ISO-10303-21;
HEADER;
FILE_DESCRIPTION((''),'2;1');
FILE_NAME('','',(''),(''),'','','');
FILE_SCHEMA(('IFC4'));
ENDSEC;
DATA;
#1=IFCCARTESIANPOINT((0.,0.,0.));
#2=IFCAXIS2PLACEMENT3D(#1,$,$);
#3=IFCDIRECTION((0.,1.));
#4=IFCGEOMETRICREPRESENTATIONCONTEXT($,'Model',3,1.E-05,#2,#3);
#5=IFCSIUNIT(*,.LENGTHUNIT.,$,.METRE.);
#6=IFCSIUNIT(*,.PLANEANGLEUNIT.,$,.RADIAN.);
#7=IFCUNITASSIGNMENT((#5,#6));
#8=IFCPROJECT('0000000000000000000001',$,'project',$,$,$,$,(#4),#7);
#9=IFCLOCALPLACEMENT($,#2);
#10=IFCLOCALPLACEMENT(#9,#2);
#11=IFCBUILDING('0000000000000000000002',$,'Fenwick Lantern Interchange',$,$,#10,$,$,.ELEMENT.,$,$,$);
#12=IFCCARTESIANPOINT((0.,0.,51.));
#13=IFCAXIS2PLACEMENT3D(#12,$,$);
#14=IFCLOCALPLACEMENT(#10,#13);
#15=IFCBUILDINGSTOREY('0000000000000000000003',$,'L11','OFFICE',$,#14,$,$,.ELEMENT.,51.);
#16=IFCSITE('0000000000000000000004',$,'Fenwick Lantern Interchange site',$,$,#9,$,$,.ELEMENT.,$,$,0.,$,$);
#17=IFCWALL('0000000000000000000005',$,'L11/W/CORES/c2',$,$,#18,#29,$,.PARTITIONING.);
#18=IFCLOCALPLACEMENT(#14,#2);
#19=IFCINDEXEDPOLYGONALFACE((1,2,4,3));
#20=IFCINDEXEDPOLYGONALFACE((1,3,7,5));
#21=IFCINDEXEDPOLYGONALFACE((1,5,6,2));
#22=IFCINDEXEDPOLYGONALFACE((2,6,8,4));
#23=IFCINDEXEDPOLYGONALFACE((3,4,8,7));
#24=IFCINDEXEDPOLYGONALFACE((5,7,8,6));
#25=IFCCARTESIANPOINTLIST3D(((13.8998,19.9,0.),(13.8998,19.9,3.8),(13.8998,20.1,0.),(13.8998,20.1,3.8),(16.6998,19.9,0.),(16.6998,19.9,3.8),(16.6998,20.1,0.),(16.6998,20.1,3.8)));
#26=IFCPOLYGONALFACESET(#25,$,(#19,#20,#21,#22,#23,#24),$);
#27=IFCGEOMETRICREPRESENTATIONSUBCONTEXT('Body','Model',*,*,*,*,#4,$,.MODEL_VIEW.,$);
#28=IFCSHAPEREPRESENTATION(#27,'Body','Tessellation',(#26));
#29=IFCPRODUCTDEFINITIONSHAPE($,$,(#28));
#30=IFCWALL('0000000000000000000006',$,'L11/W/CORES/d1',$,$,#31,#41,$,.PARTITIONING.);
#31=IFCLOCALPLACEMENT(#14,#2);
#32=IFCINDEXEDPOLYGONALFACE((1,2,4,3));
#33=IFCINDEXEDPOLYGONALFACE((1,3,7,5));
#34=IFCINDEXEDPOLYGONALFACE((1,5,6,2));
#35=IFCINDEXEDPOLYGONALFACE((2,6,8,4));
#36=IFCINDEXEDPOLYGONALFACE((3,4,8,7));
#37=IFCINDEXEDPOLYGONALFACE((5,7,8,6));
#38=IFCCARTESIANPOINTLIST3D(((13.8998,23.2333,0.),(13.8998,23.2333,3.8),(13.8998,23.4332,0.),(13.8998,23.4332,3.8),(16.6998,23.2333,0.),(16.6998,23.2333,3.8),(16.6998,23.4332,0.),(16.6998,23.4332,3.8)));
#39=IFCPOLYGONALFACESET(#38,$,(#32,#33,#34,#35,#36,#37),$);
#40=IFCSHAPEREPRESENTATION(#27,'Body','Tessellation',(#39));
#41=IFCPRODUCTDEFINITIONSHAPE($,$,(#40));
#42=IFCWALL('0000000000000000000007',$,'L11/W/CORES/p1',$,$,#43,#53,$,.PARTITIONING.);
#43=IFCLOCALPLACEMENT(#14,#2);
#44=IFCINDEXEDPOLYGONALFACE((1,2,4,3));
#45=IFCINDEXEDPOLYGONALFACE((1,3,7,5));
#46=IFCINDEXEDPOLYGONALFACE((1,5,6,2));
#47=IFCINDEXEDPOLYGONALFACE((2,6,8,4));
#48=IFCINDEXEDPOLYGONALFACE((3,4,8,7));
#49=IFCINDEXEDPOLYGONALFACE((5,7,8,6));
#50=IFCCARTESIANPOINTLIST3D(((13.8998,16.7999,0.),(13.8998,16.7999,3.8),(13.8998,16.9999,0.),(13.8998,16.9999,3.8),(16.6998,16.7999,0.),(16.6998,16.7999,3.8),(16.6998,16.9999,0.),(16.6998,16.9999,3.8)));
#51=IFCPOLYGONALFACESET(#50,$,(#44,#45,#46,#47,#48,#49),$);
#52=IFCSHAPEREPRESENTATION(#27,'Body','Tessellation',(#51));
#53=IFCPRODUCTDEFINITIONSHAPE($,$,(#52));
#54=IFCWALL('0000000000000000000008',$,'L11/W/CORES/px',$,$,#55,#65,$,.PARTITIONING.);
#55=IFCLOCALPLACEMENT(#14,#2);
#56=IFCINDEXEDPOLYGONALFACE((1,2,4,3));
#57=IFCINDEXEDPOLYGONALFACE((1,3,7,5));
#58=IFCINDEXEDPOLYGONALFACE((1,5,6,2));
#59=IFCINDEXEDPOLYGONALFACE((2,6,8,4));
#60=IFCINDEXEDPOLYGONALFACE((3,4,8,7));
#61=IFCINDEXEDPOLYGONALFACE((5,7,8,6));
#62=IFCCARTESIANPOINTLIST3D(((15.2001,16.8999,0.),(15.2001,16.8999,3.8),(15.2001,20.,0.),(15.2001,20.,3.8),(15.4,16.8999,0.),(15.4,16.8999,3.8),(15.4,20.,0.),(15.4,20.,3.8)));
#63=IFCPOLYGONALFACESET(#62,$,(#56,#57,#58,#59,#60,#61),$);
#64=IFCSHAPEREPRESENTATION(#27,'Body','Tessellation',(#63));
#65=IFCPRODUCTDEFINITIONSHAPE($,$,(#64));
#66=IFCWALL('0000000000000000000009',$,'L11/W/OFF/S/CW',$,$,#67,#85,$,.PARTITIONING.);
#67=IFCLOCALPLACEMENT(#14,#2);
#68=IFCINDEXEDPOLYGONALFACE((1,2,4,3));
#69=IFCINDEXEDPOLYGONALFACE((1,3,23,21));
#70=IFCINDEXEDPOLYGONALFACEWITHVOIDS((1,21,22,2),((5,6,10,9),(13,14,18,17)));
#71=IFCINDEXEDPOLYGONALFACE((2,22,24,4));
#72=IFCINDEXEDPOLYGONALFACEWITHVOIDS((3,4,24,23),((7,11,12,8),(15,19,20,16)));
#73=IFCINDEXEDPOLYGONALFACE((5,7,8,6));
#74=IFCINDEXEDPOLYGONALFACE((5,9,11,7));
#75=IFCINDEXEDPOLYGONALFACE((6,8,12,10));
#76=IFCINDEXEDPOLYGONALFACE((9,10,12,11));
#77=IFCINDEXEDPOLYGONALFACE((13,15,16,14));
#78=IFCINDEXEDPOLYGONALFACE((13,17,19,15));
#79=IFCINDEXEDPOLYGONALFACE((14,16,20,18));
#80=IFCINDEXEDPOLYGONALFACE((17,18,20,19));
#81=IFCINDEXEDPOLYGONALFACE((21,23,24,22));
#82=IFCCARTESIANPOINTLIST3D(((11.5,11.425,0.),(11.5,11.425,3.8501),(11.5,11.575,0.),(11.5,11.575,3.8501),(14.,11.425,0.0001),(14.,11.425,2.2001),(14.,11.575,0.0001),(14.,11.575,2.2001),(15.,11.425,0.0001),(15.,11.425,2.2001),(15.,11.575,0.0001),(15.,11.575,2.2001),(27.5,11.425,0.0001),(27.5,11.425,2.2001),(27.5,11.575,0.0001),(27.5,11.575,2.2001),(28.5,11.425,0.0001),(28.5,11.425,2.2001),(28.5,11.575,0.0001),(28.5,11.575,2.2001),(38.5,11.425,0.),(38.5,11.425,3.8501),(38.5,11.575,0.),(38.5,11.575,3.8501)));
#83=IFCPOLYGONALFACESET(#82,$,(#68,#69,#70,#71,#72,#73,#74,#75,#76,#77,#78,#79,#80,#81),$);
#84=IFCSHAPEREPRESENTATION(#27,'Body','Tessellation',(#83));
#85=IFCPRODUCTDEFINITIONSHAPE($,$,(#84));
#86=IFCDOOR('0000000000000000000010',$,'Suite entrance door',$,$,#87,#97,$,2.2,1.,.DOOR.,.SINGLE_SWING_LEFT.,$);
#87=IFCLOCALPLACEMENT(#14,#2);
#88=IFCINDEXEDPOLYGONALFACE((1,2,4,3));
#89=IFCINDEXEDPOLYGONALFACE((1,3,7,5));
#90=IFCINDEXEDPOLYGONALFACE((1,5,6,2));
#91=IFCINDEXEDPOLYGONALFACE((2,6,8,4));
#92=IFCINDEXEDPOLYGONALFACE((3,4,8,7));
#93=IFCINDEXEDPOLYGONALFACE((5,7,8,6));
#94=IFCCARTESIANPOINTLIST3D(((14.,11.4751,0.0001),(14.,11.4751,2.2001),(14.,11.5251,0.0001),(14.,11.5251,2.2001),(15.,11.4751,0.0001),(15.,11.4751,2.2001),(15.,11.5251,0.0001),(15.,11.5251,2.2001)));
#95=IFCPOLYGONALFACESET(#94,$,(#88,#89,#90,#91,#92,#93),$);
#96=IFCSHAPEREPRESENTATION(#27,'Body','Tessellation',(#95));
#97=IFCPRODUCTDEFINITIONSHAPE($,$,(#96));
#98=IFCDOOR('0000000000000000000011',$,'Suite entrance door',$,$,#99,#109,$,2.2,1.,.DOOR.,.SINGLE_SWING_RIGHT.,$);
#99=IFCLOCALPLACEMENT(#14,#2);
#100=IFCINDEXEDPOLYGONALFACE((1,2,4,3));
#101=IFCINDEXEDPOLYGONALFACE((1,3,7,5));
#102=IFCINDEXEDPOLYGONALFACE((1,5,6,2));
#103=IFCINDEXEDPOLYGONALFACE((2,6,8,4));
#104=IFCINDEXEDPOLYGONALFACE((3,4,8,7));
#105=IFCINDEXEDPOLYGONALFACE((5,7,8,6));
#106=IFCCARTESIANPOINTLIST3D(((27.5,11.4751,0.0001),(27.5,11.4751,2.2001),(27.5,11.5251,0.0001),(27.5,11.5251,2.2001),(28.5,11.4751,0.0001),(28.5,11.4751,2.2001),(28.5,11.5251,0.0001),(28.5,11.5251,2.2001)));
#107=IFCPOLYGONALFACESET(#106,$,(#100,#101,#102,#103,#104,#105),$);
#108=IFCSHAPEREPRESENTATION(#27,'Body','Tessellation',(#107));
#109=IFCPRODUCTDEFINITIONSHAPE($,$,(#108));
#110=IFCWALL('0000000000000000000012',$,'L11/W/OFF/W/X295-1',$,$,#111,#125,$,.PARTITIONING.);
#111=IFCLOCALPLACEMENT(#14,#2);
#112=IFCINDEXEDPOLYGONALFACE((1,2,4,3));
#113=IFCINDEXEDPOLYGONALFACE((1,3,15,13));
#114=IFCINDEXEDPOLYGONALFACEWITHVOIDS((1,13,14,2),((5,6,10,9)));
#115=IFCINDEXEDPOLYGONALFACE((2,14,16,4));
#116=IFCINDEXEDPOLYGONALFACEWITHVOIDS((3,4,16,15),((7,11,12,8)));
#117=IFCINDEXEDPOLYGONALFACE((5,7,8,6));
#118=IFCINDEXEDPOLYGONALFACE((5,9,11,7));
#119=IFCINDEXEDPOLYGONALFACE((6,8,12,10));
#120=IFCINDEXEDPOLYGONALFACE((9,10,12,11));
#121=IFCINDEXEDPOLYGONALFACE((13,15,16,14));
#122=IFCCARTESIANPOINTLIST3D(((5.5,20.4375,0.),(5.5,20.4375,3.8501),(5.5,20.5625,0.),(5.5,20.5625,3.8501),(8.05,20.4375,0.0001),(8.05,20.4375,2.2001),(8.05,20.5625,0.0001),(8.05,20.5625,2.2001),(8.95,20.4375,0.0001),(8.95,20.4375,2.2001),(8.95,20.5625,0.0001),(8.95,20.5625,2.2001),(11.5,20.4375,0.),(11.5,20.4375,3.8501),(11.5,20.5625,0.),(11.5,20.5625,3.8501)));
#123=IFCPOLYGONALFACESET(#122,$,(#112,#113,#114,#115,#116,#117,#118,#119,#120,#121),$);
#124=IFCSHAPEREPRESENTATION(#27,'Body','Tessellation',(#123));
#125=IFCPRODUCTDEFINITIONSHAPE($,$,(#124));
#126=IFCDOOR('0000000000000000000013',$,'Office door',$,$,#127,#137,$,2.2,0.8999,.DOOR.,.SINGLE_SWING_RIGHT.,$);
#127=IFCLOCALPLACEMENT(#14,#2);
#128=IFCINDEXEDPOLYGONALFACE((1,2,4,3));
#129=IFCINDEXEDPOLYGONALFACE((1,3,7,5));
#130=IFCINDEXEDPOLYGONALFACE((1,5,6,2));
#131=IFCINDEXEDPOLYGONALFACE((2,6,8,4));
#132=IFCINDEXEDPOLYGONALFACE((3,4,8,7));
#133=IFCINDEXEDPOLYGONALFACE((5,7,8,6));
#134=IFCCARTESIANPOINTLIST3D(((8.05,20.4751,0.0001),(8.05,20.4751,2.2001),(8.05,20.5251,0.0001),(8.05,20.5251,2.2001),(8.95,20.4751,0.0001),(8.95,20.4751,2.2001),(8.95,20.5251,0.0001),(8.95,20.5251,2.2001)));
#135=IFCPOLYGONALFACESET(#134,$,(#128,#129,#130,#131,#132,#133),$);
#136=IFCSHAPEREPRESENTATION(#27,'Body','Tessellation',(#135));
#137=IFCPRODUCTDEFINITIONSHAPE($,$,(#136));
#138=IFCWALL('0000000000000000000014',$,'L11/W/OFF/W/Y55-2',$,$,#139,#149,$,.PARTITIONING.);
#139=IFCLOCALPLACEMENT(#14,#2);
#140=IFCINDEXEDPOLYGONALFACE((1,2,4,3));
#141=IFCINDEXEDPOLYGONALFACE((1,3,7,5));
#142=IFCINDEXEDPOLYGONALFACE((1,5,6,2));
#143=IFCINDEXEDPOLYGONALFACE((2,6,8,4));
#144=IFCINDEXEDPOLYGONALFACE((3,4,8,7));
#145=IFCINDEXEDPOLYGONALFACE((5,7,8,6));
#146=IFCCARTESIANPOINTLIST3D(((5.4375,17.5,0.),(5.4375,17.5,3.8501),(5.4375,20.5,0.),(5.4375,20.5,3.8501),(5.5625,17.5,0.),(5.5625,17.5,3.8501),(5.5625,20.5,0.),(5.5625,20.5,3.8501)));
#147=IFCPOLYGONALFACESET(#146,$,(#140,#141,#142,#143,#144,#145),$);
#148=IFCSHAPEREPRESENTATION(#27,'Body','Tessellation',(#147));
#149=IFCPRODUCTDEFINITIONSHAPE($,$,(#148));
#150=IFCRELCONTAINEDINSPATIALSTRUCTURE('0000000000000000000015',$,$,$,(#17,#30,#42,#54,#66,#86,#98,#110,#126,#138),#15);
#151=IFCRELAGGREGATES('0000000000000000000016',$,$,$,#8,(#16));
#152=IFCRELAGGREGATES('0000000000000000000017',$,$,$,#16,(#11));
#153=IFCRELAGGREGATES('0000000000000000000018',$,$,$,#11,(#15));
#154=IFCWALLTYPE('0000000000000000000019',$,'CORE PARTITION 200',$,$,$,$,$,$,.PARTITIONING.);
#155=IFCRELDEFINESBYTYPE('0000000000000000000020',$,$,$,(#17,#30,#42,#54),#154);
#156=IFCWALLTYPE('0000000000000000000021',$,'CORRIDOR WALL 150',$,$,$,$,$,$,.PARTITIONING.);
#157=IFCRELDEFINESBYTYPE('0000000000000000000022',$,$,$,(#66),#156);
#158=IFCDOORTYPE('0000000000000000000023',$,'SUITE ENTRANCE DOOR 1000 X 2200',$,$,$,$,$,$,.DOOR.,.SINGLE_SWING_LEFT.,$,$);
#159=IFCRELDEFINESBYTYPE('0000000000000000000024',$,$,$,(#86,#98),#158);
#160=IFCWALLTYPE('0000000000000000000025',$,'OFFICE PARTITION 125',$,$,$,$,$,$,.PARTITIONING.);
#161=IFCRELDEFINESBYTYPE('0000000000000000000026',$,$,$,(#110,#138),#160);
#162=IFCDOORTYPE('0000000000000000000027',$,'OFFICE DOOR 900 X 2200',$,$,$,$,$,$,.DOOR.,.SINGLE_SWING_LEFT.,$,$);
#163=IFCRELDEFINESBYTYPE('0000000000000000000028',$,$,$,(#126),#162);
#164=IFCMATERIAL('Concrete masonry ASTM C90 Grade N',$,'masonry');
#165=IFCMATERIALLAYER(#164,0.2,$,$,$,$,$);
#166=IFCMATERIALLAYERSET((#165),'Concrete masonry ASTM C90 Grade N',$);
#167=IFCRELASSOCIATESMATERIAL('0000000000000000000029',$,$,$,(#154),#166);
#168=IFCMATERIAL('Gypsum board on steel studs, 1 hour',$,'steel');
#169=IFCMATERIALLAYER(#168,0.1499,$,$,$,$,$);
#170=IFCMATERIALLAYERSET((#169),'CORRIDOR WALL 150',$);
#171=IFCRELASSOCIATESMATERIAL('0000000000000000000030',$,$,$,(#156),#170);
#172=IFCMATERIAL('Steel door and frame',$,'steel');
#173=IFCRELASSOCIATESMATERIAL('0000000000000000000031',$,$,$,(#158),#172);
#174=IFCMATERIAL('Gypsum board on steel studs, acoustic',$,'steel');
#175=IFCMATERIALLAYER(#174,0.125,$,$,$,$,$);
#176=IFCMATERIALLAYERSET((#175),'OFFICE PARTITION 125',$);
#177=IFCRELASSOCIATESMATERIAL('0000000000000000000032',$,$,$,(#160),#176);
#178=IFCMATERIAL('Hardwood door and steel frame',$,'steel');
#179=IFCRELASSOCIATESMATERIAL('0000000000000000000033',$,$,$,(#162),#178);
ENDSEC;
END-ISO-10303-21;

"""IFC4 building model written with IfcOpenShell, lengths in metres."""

from ifc_helpers import new_model, si_unit, direction, frame, frame_2d, origin, place, context, subcontext, project, spatial, rectangle, extrude, material, layer, layer_set, type_object, element, fill, save


model = new_model("IFC4")

# Units and contexts
model_context = context("Model", 3, precision=1e-05, world=origin(), true_north=direction((0.0, 1.0)))
body_context = subcontext(model_context, "Body", "Model", "MODEL_VIEW")
ifc_project = project(units=[si_unit("LENGTHUNIT", "METRE"), si_unit("PLANEANGLEUNIT", "RADIAN")], contexts=[model_context])

# Site, building, storey
site_placement = place(None, origin())
site = spatial("IfcSite", under=ifc_project, at=site_placement, Name="Fenwick Lantern Interchange site", CompositionType="ELEMENT", RefElevation=0.0)
building_placement = place(site_placement, origin())
building = spatial("IfcBuilding", under=site, at=building_placement, Name="Fenwick Lantern Interchange", CompositionType="ELEMENT")
storey_placement = place(building_placement, frame((0.0, 0.0, 51.0)))
storey = spatial("IfcBuildingStorey", under=building, at=storey_placement, Name="L11", Description="OFFICE", CompositionType="ELEMENT", Elevation=51.0)

# Shared definitions
ifc_material_1 = material(Name="Concrete masonry ASTM C90 Grade N", Category="masonry")
ifc_layer_1 = layer(ifc_material_1, 0.2)
ifc_layer_set_1 = layer_set([ifc_layer_1], Name="Concrete masonry ASTM C90 Grade N")
wall_type_1 = type_object("IfcWallType", Name="CORE PARTITION 200", PredefinedType="PARTITIONING", material=ifc_layer_set_1)
ifc_material_2 = material(Name="Steel door and frame", Category="steel")

# Walls
for number, where, z_axis, x_axis, name in (
    (1, (13.8999, 20.0, 0.0), (0.0, 0.0, 1.0), (1.0, 0.0, 0.0), "L11/W/CORES/c2"),
    (2, (13.8999, 23.3333, 0.0), (0.0, 0.0, 1.0), (1.0, 0.0, 0.0), "L11/W/CORES/d1"),
    (3, (13.8999, 16.8999, 0.0), (0.0, 0.0, 1.0), (1.0, 0.0, 0.0), "L11/W/CORES/p1"),
):
    element("IfcWall", number, at=place(storey_placement, frame(where, z_axis=z_axis, x_axis=x_axis)), inside=storey, type_object=wall_type_1, Name=name, PredefinedType="PARTITIONING", context=body_context, shape_type="SweptSolid", body=[
        extrude(rectangle(XDim=2.8, YDim=0.2, at=frame_2d((1.3999, 0.0))), origin(), (0.0, 0.0, 1.0), 3.8),
    ])
wall_1_placement = place(storey_placement, frame((15.3, 16.8999, 0.0), z_axis=(0.0, 0.0, 1.0), x_axis=(0.0, 1.0, 0.0)))
element("IfcWall", 4, at=wall_1_placement, inside=storey, type_object=wall_type_1, Name="L11/W/CORES/px", PredefinedType="PARTITIONING", context=body_context, shape_type="SweptSolid", body=[
    extrude(rectangle(XDim=3.1001, YDim=0.2, at=frame_2d((1.55, 0.0))), origin(), (0.0, 0.0, 1.0), 3.8),
])

# Wall, openings, doors
ifc_material_3 = material(Name="Hardwood door and steel frame", Category="steel")
ifc_material_4 = material(Name="Gypsum board on steel studs, 1 hour", Category="steel")
ifc_layer_2 = layer(ifc_material_4, 0.1499)
ifc_layer_set_2 = layer_set([ifc_layer_2], Name="CORRIDOR WALL 150")
wall_type_2 = type_object("IfcWallType", Name="CORRIDOR WALL 150", PredefinedType="PARTITIONING", material=ifc_layer_set_2)
wall_2_placement = place(storey_placement, frame((11.5, 11.5, 0.0), z_axis=(0.0, 0.0, 1.0), x_axis=(1.0, 0.0, 0.0)))
wall_2 = element("IfcWall", 5, at=wall_2_placement, inside=storey, type_object=wall_type_2, Name="L11/W/OFF/S/CW", PredefinedType="PARTITIONING", context=body_context, shape_type="SweptSolid", body=[
    extrude(rectangle(XDim=27.0, YDim=0.1499, at=frame_2d((13.5, 0.0))), origin(), (0.0, 0.0, 1.0), 3.8501),
])
opening_1_placement = place(wall_2_placement, frame((2.5, 0.0, 0.0)))
opening_1 = element("IfcOpeningElement", 6, at=opening_1_placement, cuts=wall_2, PredefinedType="OPENING", context=body_context, shape_type="SweptSolid", body=[
    extrude(rectangle(XDim=1.0, YDim=2.2, at=frame_2d((0.5, 1.1001))), frame((0.0, 0.085, 0.0), z_axis=(0.0, -1.0, 0.0), x_axis=(1.0, 0.0, 0.0)), (0.0, 0.0, 1.0), 0.1699),
])
opening_2_placement = place(wall_2_placement, frame((16.0, 0.0, 0.0)))
opening_2 = element("IfcOpeningElement", 7, at=opening_2_placement, cuts=wall_2, PredefinedType="OPENING", context=body_context, shape_type="SweptSolid", body=[
    extrude(rectangle(XDim=1.0, YDim=2.2, at=frame_2d((0.5, 1.1001))), frame((0.0, 0.085, 0.0), z_axis=(0.0, -1.0, 0.0), x_axis=(1.0, 0.0, 0.0)), (0.0, 0.0, 1.0), 0.1699),
])
door_type_1 = type_object("IfcDoorType", Name="SUITE ENTRANCE DOOR 1000 X 2200", OperationType="SINGLE_SWING_LEFT", PredefinedType="DOOR", material=ifc_material_2)
door_1_placement = place(opening_1_placement, frame((1.0, 0.0, 0.0), z_axis=(0.0, 0.0, 1.0), x_axis=(-1.0, 0.0, 0.0)))
door_1 = element("IfcDoor", 8, at=door_1_placement, inside=storey, type_object=door_type_1, Name="Suite entrance door", OperationType="SINGLE_SWING_LEFT", OverallHeight=2.2, OverallWidth=1.0, PredefinedType="DOOR", context=body_context, shape_type="SweptSolid", body=[
    extrude(rectangle(XDim=1.0, YDim=2.2, at=frame_2d((0.5, 1.1001))), frame((0.0, 0.0249, 0.0), z_axis=(0.0, -1.0, 0.0), x_axis=(1.0, 0.0, 0.0)), (0.0, 0.0, 1.0), 0.05),
])
fill(opening_1, door_1)
door_2_placement = place(opening_2_placement, frame((1.0, 0.0, 0.0), z_axis=(0.0, 0.0, 1.0), x_axis=(-1.0, 0.0, 0.0)))
door_2 = element("IfcDoor", 9, at=door_2_placement, inside=storey, type_object=door_type_1, Name="Suite entrance door", OperationType="SINGLE_SWING_RIGHT", OverallHeight=2.2, OverallWidth=1.0, PredefinedType="DOOR", context=body_context, shape_type="SweptSolid", body=[
    extrude(rectangle(XDim=1.0, YDim=2.2, at=frame_2d((0.5, 1.1001))), frame((0.0, 0.0249, 0.0), z_axis=(0.0, -1.0, 0.0), x_axis=(1.0, 0.0, 0.0)), (0.0, 0.0, 1.0), 0.05),
])
fill(opening_2, door_2)

# Wall, opening, door
ifc_material_5 = material(Name="Gypsum board on steel studs, acoustic", Category="steel")
ifc_layer_3 = layer(ifc_material_5, 0.125)
ifc_layer_set_3 = layer_set([ifc_layer_3], Name="OFFICE PARTITION 125")
wall_type_3 = type_object("IfcWallType", Name="OFFICE PARTITION 125", PredefinedType="PARTITIONING", material=ifc_layer_set_3)
wall_3_placement = place(storey_placement, frame((5.5, 20.5, 0.0), z_axis=(0.0, 0.0, 1.0), x_axis=(1.0, 0.0, 0.0)))
wall_3 = element("IfcWall", 10, at=wall_3_placement, inside=storey, type_object=wall_type_3, Name="L11/W/OFF/W/X295-1", PredefinedType="PARTITIONING", context=body_context, shape_type="SweptSolid", body=[
    extrude(rectangle(XDim=6.0, YDim=0.125, at=frame_2d((3.0, 0.0))), origin(), (0.0, 0.0, 1.0), 3.8501),
])
opening_3_placement = place(wall_3_placement, frame((2.55, 0.0, 0.0)))
opening_3 = element("IfcOpeningElement", 11, at=opening_3_placement, cuts=wall_3, PredefinedType="OPENING", context=body_context, shape_type="SweptSolid", body=[
    extrude(rectangle(XDim=0.8999, YDim=2.2, at=frame_2d((0.45, 1.1001))), frame((0.0, 0.0725, 0.0), z_axis=(0.0, -1.0, 0.0), x_axis=(1.0, 0.0, 0.0)), (0.0, 0.0, 1.0), 0.145),
])
door_type_2 = type_object("IfcDoorType", Name="OFFICE DOOR 900 X 2200", OperationType="SINGLE_SWING_LEFT", PredefinedType="DOOR", material=ifc_material_3)
door_3_placement = place(opening_3_placement, frame((0.8999, 0.0, 0.0), z_axis=(0.0, 0.0, 1.0), x_axis=(-1.0, 0.0, 0.0)))
door_3 = element("IfcDoor", 12, at=door_3_placement, inside=storey, type_object=door_type_2, Name="Office door", OperationType="SINGLE_SWING_RIGHT", OverallHeight=2.2, OverallWidth=0.8999, PredefinedType="DOOR", context=body_context, shape_type="SweptSolid", body=[
    extrude(rectangle(XDim=0.8999, YDim=2.2, at=frame_2d((0.45, 1.1001))), frame((0.0, 0.0249, 0.0), z_axis=(0.0, -1.0, 0.0), x_axis=(1.0, 0.0, 0.0)), (0.0, 0.0, 1.0), 0.05),
])
fill(opening_3, door_3)

# Wall
wall_4_placement = place(storey_placement, frame((5.5, 20.5, 0.0), z_axis=(0.0, 0.0, 1.0), x_axis=(0.0, -1.0, 0.0)))
element("IfcWall", 13, at=wall_4_placement, inside=storey, type_object=wall_type_3, Name="L11/W/OFF/W/Y55-2", PredefinedType="PARTITIONING", context=body_context, shape_type="SweptSolid", body=[
    extrude(rectangle(XDim=3.0, YDim=0.125, at=frame_2d((1.5, 0.0))), origin(), (0.0, 0.0, 1.0), 3.8501),
])

save(model, "model.ifc")
